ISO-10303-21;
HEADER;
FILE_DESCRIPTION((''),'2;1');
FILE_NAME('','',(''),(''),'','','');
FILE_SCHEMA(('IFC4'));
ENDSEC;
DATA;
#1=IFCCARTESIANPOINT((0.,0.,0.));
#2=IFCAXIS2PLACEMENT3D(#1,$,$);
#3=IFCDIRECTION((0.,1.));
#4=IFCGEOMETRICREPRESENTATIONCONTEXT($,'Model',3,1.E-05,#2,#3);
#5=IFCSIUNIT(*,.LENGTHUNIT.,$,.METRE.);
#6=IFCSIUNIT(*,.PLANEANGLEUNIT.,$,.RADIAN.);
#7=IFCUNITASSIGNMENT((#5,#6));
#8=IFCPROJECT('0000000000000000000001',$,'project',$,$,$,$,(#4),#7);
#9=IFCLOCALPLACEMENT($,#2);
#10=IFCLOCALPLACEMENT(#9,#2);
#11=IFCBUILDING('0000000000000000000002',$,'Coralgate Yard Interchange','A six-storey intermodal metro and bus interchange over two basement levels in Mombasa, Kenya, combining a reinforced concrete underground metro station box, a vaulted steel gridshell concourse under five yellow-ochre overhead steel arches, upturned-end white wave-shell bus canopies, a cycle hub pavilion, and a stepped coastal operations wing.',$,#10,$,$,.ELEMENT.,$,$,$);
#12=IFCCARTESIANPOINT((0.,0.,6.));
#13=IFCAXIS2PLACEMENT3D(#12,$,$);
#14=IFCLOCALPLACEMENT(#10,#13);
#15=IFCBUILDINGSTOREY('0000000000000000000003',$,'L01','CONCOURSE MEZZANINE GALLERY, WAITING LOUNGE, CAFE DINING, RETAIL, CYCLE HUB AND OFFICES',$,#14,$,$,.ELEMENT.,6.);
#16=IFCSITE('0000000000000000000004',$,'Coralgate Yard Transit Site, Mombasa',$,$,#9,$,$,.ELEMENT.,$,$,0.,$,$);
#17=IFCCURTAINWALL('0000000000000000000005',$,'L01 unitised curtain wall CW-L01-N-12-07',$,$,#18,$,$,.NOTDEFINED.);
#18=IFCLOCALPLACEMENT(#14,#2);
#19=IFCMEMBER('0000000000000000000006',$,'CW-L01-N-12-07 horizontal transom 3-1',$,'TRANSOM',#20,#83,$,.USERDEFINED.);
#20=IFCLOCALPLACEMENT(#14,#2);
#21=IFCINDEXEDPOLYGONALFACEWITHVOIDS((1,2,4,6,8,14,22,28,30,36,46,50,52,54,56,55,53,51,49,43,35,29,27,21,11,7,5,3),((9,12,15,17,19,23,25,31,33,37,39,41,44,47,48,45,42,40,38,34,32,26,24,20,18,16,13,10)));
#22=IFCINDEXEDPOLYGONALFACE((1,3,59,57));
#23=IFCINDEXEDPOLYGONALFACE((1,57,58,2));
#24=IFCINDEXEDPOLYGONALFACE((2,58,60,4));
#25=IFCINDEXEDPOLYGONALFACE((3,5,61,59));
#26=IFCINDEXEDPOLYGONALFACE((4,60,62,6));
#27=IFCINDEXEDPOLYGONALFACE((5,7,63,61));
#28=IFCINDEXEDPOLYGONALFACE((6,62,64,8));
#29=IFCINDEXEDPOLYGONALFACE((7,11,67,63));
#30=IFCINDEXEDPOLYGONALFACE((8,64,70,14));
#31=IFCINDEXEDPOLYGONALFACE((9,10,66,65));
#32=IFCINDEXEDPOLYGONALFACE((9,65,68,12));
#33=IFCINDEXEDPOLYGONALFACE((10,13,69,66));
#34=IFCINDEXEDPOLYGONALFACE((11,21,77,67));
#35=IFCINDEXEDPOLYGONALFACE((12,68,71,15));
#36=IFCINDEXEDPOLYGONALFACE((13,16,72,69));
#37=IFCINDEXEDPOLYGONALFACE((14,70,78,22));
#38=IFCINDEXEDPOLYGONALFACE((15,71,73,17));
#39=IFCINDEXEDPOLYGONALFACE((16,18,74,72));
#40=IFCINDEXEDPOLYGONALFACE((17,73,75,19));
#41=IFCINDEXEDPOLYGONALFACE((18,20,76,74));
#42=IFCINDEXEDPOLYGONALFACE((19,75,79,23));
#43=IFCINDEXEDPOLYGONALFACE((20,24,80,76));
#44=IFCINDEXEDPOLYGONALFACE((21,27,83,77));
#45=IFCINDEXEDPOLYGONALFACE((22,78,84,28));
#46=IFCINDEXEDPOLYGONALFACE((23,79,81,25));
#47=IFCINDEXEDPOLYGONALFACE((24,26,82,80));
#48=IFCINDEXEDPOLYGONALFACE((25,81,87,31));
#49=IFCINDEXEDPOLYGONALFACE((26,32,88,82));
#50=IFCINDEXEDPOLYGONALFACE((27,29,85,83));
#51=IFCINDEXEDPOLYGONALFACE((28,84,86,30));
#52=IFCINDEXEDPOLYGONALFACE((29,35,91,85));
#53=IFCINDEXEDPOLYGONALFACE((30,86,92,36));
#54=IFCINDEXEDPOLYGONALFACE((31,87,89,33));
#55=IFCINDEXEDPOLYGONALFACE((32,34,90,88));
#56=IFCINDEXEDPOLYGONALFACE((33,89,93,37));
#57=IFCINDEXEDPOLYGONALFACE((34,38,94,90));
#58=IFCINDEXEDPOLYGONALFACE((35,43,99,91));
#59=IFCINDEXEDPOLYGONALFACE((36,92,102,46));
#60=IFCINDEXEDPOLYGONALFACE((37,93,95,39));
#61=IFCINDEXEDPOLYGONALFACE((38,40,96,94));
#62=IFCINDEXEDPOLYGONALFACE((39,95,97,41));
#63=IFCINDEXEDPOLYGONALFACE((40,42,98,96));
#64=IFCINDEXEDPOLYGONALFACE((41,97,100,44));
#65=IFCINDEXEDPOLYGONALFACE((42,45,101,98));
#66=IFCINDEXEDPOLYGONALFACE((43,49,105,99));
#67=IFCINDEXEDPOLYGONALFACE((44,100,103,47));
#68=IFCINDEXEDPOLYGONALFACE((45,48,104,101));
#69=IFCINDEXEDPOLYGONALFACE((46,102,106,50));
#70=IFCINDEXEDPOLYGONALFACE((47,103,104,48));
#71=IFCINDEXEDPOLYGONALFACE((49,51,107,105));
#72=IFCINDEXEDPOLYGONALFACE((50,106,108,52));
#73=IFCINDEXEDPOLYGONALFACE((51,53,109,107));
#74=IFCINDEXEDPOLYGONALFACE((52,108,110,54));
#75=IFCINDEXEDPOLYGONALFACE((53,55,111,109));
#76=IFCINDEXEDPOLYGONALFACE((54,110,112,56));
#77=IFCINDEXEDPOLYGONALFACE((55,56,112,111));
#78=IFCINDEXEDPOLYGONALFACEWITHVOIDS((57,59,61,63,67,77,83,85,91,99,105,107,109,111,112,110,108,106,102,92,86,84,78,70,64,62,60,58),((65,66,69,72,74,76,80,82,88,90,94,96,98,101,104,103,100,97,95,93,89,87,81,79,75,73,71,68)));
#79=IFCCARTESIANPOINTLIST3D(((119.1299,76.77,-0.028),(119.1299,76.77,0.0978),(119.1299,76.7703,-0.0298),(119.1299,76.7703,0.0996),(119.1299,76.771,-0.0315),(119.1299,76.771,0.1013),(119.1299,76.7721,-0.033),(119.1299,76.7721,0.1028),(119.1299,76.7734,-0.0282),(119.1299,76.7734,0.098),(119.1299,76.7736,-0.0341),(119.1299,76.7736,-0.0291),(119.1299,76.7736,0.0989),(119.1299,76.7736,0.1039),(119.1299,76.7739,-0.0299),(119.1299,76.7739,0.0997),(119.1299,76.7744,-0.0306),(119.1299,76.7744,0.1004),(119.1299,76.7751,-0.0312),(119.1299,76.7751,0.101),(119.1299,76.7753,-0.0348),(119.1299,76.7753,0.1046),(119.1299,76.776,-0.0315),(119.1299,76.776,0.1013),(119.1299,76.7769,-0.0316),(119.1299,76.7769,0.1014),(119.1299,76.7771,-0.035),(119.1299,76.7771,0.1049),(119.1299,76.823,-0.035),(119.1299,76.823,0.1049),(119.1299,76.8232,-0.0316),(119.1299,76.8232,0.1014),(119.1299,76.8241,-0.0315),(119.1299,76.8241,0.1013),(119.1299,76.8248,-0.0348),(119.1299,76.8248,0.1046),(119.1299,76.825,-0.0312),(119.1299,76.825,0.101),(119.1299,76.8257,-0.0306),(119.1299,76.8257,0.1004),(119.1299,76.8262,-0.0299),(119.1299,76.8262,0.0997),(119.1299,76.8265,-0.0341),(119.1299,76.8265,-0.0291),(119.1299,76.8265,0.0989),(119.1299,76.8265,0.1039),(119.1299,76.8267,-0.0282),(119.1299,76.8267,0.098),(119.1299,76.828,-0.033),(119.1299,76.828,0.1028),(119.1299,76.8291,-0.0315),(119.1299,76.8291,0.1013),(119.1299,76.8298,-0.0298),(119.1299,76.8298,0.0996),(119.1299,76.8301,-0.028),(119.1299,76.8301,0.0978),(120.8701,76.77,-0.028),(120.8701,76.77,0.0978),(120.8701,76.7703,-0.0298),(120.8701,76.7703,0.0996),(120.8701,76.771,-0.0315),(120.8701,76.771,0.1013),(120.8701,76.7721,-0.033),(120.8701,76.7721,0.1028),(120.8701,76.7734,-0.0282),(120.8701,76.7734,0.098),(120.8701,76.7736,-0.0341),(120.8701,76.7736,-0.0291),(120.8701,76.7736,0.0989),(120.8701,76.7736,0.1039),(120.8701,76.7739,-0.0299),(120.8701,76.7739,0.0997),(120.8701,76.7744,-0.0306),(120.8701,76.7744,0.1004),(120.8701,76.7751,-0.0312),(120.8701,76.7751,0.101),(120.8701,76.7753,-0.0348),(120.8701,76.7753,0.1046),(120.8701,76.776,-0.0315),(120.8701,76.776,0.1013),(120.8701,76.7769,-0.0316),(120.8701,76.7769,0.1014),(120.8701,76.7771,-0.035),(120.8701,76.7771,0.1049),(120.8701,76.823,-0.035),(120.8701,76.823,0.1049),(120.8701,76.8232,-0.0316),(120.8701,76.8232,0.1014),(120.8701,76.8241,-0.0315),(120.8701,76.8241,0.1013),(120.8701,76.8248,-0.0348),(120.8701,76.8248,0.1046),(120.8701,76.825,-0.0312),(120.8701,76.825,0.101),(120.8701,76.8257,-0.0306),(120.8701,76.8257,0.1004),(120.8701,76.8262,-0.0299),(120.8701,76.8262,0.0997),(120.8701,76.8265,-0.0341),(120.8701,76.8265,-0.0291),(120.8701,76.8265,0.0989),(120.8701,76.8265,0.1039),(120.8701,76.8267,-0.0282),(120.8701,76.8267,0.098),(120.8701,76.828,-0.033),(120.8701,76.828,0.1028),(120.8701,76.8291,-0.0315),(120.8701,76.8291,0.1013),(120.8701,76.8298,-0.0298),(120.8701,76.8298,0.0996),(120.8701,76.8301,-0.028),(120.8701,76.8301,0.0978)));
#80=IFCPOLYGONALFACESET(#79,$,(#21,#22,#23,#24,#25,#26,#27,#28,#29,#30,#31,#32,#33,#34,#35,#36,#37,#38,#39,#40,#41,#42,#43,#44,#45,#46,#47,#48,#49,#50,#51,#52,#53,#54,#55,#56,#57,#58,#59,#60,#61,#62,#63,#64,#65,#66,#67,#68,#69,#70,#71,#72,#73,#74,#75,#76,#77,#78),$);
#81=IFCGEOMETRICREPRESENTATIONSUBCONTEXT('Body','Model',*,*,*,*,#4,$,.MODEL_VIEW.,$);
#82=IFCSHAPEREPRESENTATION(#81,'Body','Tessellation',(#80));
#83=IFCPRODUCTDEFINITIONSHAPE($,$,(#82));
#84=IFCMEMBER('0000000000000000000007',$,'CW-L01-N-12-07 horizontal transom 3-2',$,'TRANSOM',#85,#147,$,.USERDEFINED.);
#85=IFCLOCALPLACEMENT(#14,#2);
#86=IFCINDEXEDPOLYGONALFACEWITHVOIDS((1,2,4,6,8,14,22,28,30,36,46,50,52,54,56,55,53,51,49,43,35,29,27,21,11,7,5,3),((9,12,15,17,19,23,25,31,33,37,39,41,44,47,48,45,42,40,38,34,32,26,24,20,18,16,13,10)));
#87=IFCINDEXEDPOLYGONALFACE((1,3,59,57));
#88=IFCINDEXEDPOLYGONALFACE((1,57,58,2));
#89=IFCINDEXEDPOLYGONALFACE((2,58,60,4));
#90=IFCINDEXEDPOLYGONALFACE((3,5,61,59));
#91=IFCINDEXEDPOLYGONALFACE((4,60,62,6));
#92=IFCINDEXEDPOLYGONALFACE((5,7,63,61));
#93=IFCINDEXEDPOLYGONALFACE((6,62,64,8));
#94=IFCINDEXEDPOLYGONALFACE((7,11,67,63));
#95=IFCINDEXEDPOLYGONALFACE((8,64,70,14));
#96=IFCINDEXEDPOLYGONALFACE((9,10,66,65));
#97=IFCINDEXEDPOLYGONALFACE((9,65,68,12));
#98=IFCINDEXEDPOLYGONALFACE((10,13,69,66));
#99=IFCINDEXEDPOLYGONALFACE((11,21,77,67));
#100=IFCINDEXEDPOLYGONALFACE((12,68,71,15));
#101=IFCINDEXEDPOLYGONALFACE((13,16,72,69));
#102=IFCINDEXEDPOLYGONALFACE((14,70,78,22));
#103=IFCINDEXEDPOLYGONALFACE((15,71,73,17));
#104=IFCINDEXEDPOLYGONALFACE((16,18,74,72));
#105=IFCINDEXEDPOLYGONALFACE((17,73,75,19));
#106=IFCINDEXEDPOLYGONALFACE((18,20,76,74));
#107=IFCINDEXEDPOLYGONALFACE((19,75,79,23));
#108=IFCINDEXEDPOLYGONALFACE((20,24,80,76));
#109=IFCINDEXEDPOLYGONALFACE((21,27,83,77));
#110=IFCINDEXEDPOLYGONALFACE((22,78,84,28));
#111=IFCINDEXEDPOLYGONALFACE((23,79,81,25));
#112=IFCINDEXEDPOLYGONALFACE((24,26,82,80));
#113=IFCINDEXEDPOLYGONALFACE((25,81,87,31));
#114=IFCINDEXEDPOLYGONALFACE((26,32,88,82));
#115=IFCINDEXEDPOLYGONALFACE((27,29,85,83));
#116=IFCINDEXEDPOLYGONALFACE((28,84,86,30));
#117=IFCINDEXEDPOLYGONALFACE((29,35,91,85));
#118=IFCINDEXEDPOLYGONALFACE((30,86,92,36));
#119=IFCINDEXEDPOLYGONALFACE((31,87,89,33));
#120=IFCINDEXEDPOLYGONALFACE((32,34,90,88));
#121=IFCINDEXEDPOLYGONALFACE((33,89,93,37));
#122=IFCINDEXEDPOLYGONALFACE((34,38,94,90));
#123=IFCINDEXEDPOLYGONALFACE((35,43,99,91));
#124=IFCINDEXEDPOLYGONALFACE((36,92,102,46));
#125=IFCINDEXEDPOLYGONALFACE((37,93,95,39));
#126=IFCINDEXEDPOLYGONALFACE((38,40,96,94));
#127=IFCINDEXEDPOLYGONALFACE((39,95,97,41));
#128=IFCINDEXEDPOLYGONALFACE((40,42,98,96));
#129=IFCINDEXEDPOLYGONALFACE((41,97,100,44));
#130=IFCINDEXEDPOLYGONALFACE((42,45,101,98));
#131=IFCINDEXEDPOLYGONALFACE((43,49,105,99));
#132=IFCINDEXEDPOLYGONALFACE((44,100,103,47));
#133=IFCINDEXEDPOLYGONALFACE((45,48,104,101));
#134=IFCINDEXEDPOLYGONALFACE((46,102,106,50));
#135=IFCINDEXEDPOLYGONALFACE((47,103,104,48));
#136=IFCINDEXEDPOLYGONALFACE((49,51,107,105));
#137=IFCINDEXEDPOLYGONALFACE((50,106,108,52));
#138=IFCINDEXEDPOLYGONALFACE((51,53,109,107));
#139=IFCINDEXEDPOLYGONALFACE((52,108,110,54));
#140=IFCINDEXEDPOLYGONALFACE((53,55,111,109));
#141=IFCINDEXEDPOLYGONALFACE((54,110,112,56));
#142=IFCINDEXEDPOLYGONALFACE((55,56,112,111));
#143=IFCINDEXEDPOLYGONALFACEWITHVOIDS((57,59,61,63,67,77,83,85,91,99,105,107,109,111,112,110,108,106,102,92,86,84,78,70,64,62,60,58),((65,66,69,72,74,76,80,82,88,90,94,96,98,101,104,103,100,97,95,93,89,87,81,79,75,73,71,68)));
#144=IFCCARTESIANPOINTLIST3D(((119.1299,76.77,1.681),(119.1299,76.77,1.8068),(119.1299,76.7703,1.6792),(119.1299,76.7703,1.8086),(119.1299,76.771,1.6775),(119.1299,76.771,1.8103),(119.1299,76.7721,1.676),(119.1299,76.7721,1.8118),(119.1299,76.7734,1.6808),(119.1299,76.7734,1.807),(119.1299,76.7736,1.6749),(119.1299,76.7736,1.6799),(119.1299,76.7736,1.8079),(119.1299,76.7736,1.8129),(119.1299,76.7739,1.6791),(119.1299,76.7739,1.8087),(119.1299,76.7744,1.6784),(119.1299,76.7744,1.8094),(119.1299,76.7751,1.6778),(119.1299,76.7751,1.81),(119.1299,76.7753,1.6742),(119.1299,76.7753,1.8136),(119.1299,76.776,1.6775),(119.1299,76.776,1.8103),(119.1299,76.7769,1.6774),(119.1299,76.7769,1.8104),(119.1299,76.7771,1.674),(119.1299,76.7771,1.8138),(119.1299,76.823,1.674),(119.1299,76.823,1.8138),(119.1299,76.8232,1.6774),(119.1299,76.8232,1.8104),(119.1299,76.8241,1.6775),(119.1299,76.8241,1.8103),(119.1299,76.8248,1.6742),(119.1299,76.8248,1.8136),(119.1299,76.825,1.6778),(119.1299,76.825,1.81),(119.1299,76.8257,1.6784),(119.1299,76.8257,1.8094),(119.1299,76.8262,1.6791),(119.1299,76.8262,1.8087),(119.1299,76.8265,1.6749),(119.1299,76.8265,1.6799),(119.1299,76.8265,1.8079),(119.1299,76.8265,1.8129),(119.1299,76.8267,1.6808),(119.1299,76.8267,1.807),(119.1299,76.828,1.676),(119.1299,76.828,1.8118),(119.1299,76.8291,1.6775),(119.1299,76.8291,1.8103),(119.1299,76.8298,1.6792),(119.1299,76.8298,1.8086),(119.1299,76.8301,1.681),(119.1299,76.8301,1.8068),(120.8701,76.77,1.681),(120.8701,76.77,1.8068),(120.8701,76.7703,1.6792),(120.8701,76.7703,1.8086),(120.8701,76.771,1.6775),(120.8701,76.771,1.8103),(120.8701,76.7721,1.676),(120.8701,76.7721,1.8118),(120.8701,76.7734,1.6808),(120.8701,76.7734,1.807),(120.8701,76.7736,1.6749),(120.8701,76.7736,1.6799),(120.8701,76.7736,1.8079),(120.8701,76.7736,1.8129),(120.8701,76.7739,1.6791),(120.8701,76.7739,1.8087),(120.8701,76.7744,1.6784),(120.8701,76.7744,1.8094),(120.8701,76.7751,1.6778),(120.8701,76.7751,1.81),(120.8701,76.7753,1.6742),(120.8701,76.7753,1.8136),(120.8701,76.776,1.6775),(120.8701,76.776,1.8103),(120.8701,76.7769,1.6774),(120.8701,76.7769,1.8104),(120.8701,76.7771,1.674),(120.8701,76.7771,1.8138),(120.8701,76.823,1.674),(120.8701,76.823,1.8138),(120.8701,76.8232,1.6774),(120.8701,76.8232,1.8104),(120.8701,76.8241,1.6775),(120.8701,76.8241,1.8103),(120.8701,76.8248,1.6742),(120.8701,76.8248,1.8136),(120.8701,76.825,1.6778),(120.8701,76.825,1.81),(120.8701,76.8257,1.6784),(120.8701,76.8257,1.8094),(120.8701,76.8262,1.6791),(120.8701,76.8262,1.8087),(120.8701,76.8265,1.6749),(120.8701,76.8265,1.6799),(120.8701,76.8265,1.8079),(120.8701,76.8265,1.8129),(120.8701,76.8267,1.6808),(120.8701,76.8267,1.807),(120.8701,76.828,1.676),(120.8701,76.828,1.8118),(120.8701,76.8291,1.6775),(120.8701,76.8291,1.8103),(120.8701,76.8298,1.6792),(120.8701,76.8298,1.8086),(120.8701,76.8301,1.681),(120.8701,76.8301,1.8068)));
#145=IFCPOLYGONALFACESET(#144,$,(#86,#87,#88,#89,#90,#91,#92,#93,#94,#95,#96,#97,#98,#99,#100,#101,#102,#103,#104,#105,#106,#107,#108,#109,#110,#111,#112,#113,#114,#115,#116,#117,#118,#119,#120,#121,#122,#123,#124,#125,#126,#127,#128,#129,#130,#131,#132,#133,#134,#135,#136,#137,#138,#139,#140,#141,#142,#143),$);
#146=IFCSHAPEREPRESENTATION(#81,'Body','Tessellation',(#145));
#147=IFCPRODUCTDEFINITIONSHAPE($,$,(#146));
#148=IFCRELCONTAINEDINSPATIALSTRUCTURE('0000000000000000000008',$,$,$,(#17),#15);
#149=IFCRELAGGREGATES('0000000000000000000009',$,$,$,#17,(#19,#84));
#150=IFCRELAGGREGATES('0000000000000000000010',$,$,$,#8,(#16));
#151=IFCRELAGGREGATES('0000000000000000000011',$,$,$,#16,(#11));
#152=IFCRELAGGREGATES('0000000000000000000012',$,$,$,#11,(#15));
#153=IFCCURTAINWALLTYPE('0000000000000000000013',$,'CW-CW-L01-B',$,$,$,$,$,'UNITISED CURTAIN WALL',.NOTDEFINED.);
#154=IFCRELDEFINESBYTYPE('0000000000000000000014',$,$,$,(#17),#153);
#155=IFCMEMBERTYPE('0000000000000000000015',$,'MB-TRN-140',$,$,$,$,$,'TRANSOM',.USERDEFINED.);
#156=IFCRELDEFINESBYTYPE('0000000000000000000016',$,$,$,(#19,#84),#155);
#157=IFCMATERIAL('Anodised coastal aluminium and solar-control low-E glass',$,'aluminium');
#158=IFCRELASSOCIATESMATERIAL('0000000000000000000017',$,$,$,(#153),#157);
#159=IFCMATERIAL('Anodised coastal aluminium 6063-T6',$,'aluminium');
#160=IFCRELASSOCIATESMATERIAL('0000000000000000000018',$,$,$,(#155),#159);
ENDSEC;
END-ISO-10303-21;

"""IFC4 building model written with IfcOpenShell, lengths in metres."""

from ifc_helpers import new_model, si_unit, direction, frame, origin, origin_2d, place, context, subcontext, project, spatial, hollow_rectangle, extrude, material, material_profile, profile_set, type_object, element, aggregate, save


model = new_model("IFC4")

# Units and contexts
model_context = context("Model", 3, precision=1e-05, world=origin(), true_north=direction((0.0, 1.0)))
body_context = subcontext(model_context, "Body", "Model", "MODEL_VIEW")
ifc_project = project(units=[si_unit("LENGTHUNIT", "METRE"), si_unit("PLANEANGLEUNIT", "RADIAN")], contexts=[model_context])

# Site, building, storey
site_placement = place(None, origin())
site = spatial("IfcSite", under=ifc_project, at=site_placement, Name="Coralgate Yard Transit Site, Mombasa", CompositionType="ELEMENT", RefElevation=0.0)
building_placement = place(site_placement, origin())
building = spatial("IfcBuilding", under=site, at=building_placement, Name="Coralgate Yard Interchange", Description="A six-storey intermodal metro and bus interchange over two basement levels in Mombasa, Kenya, combining a reinforced concrete underground metro station box, a vaulted steel gridshell concourse under five yellow-ochre overhead steel arches, upturned-end white wave-shell bus canopies, a cycle hub pavilion, and a stepped coastal operations wing.", CompositionType="ELEMENT")
storey_placement = place(building_placement, frame((0.0, 0.0, 6.0)))
storey = spatial("IfcBuildingStorey", under=building, at=storey_placement, Name="L01", Description="CONCOURSE MEZZANINE GALLERY, WAITING LOUNGE, CAFE DINING, RETAIL, CYCLE HUB AND OFFICES", CompositionType="ELEMENT", Elevation=6.0)

# Shared definitions
ifc_material_1 = material(Name="Anodised coastal aluminium and solar-control low-E glass", Category="aluminium")
curtain_wall_type = type_object("IfcCurtainWallType", Name="CW-CW-L01-B", ElementType="UNITISED CURTAIN WALL", PredefinedType="NOTDEFINED", material=ifc_material_1)
ifc_material_2 = material(Name="Anodised coastal aluminium 6063-T6", Category="aluminium")

# Curtain wall, members
curtain_wall_1_placement = place(storey_placement, origin())
curtain_wall_1 = element("IfcCurtainWall", 1, at=curtain_wall_1_placement, inside=storey, type_object=curtain_wall_type, Name="L01 unitised curtain wall CW-L01-N-12-07", PredefinedType="NOTDEFINED")
ifc_material_profile_1 = material_profile(ifc_material_2, hollow_rectangle(XDim=0.0601, YDim=0.1399, WallThickness=0.0034, InnerFilletRadius=0.0034, OuterFilletRadius=0.0071, at=origin_2d()), Name="ALU 60x140x3.5")
ifc_profile_set_1 = profile_set([ifc_material_profile_1], Name="Anodised coastal aluminium 6063-T6")
member_type_1 = type_object("IfcMemberType", Name="MB-TRN-140", ElementType="TRANSOM", PredefinedType="USERDEFINED", material=ifc_profile_set_1)
member_1_placement = place(storey_placement, frame((119.1299, 76.8, 0.0349), z_axis=(1.0, 0.0, 0.0), x_axis=(0.0, 1.0, 0.0)))
member_1 = element("IfcMember", 2, at=member_1_placement, type_object=member_type_1, Name="CW-L01-N-12-07 horizontal transom 3-1", ObjectType="TRANSOM", PredefinedType="USERDEFINED", context=body_context, shape_type="SweptSolid", body=[
    extrude(hollow_rectangle(XDim=0.0601, YDim=0.1399, WallThickness=0.0034, InnerFilletRadius=0.0034, OuterFilletRadius=0.0071, at=origin_2d()), origin(), (0.0, 0.0, 1.0), 1.7402),
])
member_2_placement = place(storey_placement, frame((119.1299, 76.8, 1.7439), z_axis=(1.0, 0.0, 0.0), x_axis=(0.0, 1.0, 0.0)))
member_2 = element("IfcMember", 3, at=member_2_placement, type_object=member_type_1, Name="CW-L01-N-12-07 horizontal transom 3-2", ObjectType="TRANSOM", PredefinedType="USERDEFINED", context=body_context, shape_type="SweptSolid", body=[
    extrude(hollow_rectangle(XDim=0.0601, YDim=0.1399, WallThickness=0.0034, InnerFilletRadius=0.0034, OuterFilletRadius=0.0071, at=origin_2d()), origin(), (0.0, 0.0, 1.0), 1.7402),
])
aggregate(curtain_wall_1, [member_1, member_2])

save(model, "model.ifc")
